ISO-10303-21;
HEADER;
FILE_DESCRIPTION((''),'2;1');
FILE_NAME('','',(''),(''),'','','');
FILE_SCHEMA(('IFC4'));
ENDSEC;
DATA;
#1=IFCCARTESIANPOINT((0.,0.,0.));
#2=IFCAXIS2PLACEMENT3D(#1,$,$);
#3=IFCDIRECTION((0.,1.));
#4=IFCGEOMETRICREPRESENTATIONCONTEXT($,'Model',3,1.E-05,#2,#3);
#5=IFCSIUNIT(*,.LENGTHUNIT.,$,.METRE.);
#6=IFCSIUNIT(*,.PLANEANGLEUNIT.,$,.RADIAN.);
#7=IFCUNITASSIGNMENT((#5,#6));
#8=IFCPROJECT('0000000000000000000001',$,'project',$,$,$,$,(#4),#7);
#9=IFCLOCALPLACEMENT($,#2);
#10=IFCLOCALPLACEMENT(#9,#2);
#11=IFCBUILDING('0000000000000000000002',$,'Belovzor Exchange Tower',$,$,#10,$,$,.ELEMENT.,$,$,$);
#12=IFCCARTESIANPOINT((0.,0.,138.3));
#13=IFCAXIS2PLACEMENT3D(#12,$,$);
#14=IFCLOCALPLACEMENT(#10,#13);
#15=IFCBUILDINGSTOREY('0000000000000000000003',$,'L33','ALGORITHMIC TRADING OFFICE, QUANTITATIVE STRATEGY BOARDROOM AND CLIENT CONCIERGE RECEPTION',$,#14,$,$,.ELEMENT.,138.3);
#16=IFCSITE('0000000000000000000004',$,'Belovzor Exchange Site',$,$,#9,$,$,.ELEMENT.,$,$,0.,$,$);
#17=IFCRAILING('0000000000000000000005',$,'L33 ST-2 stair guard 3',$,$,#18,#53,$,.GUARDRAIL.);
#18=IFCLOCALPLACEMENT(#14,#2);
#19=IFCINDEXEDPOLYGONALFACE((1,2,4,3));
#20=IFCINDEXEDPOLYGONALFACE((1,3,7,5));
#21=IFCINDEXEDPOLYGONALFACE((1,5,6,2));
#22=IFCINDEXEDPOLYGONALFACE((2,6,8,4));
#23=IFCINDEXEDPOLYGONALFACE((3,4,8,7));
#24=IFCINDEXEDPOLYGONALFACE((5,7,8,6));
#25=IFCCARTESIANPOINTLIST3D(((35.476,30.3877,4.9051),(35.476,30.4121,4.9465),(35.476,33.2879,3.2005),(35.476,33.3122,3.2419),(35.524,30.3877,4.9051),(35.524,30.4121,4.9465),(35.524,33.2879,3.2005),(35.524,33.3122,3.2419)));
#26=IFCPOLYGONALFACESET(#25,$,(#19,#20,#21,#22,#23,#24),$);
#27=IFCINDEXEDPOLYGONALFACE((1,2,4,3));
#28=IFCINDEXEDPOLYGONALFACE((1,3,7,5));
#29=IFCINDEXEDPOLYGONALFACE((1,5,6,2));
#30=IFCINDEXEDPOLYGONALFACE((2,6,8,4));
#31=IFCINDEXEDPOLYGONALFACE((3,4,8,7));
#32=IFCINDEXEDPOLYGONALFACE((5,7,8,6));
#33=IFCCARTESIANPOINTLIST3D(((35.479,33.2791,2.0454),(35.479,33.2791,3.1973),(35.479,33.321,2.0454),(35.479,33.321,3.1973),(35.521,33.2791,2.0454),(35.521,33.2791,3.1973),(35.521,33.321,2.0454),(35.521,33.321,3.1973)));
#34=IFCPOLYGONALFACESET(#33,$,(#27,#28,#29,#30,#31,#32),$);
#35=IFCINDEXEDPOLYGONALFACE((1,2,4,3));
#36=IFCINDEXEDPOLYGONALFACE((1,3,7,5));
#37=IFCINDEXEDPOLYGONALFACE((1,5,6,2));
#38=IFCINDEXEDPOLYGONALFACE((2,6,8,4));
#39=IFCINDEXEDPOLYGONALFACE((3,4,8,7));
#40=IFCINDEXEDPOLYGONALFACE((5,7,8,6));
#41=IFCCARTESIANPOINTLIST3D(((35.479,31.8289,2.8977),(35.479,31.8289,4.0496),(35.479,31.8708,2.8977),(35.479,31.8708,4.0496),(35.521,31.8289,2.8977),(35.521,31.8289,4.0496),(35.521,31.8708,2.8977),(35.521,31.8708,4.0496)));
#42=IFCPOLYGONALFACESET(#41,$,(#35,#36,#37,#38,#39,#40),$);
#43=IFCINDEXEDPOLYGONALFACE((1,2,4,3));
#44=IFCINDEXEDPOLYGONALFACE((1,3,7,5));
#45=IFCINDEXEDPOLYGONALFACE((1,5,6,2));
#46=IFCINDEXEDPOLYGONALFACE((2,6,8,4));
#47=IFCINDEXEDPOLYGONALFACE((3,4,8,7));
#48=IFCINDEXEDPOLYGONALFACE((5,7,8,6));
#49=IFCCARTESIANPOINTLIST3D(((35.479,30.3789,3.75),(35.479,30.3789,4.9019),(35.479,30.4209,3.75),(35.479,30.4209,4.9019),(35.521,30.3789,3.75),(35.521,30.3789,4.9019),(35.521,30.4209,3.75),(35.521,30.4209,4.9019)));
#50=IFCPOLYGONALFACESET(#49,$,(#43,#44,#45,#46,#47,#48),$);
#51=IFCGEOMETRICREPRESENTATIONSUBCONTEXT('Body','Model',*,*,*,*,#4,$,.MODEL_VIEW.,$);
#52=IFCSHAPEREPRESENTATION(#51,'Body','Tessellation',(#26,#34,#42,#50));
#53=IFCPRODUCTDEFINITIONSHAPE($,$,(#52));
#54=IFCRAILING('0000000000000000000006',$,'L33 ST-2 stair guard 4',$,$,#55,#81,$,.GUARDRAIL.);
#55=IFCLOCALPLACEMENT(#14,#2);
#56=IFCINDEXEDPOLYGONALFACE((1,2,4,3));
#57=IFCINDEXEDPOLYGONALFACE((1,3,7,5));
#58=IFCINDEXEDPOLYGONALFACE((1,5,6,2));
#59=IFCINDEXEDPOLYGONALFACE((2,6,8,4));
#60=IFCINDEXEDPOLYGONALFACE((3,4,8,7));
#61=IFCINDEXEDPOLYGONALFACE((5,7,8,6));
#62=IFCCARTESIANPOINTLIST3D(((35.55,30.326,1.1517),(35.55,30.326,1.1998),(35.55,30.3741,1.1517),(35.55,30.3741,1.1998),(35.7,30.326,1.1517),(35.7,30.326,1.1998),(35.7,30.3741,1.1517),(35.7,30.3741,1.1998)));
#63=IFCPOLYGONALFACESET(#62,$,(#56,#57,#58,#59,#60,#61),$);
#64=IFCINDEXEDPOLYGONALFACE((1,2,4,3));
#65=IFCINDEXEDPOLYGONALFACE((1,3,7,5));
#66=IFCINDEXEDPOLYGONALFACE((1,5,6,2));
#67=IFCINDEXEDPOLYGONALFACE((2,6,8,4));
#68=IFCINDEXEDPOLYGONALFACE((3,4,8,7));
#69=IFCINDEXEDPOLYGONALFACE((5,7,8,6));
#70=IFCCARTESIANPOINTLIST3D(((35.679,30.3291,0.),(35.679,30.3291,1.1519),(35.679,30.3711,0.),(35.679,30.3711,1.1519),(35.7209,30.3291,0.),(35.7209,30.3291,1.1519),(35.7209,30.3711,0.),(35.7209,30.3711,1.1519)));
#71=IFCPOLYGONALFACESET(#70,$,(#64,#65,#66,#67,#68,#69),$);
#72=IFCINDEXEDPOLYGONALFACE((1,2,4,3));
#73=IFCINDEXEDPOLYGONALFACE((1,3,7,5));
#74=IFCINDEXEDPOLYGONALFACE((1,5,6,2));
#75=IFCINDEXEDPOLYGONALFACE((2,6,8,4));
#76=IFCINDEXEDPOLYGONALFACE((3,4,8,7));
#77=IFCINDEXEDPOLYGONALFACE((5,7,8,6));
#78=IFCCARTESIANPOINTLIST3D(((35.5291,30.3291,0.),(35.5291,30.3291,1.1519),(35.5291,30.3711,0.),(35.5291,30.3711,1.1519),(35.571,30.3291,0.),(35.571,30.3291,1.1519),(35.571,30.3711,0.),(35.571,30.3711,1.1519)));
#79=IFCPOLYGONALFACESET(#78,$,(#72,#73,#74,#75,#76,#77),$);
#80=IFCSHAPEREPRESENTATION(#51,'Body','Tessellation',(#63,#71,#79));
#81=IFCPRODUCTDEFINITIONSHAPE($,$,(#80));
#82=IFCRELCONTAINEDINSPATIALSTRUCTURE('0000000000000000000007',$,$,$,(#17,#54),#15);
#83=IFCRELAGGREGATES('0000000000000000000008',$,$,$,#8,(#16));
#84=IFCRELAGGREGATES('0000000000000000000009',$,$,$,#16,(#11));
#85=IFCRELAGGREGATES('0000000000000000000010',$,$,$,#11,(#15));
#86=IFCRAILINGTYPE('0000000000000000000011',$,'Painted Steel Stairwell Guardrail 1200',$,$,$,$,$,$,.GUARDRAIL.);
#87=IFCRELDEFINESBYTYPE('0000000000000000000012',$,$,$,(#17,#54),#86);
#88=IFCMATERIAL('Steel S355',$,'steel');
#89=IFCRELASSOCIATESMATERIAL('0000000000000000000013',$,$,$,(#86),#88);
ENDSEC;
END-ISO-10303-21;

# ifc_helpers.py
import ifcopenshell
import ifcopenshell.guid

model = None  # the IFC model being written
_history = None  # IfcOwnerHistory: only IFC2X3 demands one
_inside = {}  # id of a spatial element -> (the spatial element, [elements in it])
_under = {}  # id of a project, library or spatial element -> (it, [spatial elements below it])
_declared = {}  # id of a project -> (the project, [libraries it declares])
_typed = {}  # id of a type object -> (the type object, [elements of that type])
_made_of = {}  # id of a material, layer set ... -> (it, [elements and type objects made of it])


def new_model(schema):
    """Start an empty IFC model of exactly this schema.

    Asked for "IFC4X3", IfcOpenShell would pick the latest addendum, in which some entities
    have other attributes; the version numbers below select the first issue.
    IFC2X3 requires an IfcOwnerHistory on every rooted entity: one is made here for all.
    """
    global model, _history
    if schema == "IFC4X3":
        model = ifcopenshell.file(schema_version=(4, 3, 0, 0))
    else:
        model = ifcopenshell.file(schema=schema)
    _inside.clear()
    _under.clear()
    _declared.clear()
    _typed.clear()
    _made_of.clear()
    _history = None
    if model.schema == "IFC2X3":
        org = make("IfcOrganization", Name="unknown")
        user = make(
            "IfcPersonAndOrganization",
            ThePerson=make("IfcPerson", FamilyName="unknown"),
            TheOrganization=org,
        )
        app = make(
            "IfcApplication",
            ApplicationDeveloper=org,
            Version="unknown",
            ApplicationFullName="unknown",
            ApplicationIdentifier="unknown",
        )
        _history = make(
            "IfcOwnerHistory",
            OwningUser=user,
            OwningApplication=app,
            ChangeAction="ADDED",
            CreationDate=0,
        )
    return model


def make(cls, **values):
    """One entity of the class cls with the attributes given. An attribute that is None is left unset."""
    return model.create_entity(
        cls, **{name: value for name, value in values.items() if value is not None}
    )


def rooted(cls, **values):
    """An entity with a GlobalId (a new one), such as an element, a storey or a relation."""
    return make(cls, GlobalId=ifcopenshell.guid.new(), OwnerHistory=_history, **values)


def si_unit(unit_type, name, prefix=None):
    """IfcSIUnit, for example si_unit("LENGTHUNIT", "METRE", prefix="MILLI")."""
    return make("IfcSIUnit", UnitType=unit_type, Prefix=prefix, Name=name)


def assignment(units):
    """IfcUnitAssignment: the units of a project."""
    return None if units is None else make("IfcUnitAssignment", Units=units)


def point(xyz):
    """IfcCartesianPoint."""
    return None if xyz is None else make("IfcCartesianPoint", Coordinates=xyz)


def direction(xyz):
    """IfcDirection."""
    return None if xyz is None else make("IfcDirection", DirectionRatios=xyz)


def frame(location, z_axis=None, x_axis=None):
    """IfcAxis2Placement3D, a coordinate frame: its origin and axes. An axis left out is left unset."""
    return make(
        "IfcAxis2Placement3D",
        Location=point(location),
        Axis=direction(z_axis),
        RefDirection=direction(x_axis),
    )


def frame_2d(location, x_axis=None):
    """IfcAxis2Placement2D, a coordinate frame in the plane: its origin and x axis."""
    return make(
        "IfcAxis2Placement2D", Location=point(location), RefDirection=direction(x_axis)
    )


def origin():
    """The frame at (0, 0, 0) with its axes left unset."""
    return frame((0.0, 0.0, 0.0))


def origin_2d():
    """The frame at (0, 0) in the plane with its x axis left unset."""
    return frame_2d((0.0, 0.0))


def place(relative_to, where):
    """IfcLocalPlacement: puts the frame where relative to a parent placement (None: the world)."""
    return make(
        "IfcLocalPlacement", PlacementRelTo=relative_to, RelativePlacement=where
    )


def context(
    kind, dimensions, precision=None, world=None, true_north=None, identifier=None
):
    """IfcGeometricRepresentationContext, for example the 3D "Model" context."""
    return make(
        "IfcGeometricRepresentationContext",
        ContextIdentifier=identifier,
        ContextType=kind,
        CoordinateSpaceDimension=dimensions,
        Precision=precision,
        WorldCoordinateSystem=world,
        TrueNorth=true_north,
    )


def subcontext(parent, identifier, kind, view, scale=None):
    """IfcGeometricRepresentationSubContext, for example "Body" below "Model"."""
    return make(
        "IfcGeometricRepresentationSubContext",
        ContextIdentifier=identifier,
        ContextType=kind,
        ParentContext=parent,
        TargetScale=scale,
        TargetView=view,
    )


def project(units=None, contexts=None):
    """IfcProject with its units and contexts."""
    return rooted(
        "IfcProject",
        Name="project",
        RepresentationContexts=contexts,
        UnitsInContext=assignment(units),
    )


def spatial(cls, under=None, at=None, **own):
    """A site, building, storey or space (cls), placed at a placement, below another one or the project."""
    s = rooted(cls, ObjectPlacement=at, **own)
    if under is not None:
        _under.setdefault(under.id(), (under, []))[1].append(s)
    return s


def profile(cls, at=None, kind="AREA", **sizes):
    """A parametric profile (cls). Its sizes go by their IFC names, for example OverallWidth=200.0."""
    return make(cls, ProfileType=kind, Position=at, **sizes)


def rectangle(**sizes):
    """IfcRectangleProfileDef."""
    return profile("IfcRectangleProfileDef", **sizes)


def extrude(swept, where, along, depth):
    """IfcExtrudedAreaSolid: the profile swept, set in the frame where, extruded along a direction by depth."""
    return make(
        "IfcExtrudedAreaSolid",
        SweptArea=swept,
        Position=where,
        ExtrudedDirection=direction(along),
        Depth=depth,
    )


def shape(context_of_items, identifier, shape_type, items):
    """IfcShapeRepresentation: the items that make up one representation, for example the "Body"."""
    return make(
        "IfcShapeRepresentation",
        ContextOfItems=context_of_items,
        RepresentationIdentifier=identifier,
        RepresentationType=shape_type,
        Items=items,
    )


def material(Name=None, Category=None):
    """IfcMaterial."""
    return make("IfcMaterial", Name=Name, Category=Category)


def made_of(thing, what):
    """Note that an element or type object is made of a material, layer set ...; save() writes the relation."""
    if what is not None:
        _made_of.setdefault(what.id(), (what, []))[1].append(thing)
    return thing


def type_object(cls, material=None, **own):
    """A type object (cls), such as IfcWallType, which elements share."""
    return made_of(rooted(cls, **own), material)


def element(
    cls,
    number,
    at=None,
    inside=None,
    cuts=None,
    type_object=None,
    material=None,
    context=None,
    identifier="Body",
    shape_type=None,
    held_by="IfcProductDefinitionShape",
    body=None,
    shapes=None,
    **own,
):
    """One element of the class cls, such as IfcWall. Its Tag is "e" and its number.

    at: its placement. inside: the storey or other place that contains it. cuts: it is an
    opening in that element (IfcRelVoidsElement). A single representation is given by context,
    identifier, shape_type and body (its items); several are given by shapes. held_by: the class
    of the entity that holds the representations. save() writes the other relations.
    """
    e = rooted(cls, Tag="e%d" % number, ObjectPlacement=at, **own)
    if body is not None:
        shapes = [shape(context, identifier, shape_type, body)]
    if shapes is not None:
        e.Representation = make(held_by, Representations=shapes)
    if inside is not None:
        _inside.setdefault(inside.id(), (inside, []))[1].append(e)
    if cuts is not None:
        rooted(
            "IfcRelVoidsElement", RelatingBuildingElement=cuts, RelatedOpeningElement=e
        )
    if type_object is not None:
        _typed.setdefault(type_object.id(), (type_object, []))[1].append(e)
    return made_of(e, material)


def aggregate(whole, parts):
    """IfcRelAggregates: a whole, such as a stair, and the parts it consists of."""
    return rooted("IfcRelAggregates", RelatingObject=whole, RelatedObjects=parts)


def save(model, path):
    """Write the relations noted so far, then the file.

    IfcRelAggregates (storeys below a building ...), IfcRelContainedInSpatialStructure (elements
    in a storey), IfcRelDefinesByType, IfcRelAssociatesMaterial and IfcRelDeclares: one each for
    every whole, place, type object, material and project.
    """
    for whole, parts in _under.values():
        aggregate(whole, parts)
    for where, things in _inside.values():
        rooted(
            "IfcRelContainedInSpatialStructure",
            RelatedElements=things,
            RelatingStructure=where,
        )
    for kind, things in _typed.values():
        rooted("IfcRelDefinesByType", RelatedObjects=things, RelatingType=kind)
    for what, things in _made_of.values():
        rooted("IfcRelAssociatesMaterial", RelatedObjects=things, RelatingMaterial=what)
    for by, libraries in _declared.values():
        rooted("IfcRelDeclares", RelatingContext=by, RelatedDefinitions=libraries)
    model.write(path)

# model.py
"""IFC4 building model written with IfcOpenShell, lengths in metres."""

from ifc_helpers import new_model, si_unit, direction, frame, origin, origin_2d, place, context, subcontext, project, spatial, rectangle, extrude, material, type_object, element, save


model = new_model("IFC4")

# Units and contexts
model_context = context("Model", 3, precision=1e-05, world=origin(), true_north=direction((0.0, 1.0)))
body_context = subcontext(model_context, "Body", "Model", "MODEL_VIEW")
ifc_project = project(units=[si_unit("LENGTHUNIT", "METRE"), si_unit("PLANEANGLEUNIT", "RADIAN")], contexts=[model_context])

# Site, building, storey
site_placement = place(None, origin())
site = spatial("IfcSite", under=ifc_project, at=site_placement, Name="Belovzor Exchange Site", CompositionType="ELEMENT", RefElevation=0.0)
building_placement = place(site_placement, origin())
building = spatial("IfcBuilding", under=site, at=building_placement, Name="Belovzor Exchange Tower", CompositionType="ELEMENT")
storey_placement = place(building_placement, frame((0.0, 0.0, 138.3)))
storey = spatial("IfcBuildingStorey", under=building, at=storey_placement, Name="L33", Description="ALGORITHMIC TRADING OFFICE, QUANTITATIVE STRATEGY BOARDROOM AND CLIENT CONCIERGE RECEPTION", CompositionType="ELEMENT", Elevation=138.3)

# Railings
ifc_material_1 = material(Name="Steel S355", Category="steel")
railing_type_1 = type_object("IfcRailingType", Name="Painted Steel Stairwell Guardrail 1200", PredefinedType="GUARDRAIL", material=ifc_material_1)
railing_1_placement = place(storey_placement, frame((35.5, 33.3, 2.0454)))
element("IfcRailing", 1, at=railing_1_placement, inside=storey, type_object=railing_type_1, Name="L33 ST-2 stair guard 3", PredefinedType="GUARDRAIL", context=body_context, shape_type="SweptSolid", body=[
    extrude(rectangle(XDim=0.0481, YDim=0.0481, at=origin_2d()), frame((0.0, 0.0, 1.1758), z_axis=(0.0, -0.862113, 0.506716), x_axis=(1.0, 0.0, 0.0)), (0.0, 0.0, 1.0), 3.364),
    extrude(rectangle(XDim=0.042, YDim=0.042, at=origin_2d()), origin(), (0.0, 0.0, 1.0), 1.1519),
    extrude(rectangle(XDim=0.042, YDim=0.042, at=origin_2d()), frame((0.0, -1.4502, 0.8523)), (0.0, 0.0, 1.0), 1.1519),
    extrude(rectangle(XDim=0.042, YDim=0.042, at=origin_2d()), frame((0.0, -2.9001, 1.7046)), (0.0, 0.0, 1.0), 1.1519),
])
railing_2_placement = place(storey_placement, frame((35.7, 30.3501, 0.0)))
element("IfcRailing", 2, at=railing_2_placement, inside=storey, type_object=railing_type_1, Name="L33 ST-2 stair guard 4", PredefinedType="GUARDRAIL", context=body_context, shape_type="SweptSolid", body=[
    extrude(rectangle(XDim=0.0481, YDim=0.0481, at=origin_2d()), frame((0.0, 0.0, 1.1758), z_axis=(-1.0, 0.0, 0.0), x_axis=(0.0, -1.0, 0.0)), (0.0, 0.0, 1.0), 0.1499),
    extrude(rectangle(XDim=0.042, YDim=0.042, at=origin_2d()), origin(), (0.0, 0.0, 1.0), 1.1519),
    extrude(rectangle(XDim=0.042, YDim=0.042, at=origin_2d()), frame((-0.1499, 0.0, 0.0)), (0.0, 0.0, 1.0), 1.1519),
])

save(model, "model.ifc")
